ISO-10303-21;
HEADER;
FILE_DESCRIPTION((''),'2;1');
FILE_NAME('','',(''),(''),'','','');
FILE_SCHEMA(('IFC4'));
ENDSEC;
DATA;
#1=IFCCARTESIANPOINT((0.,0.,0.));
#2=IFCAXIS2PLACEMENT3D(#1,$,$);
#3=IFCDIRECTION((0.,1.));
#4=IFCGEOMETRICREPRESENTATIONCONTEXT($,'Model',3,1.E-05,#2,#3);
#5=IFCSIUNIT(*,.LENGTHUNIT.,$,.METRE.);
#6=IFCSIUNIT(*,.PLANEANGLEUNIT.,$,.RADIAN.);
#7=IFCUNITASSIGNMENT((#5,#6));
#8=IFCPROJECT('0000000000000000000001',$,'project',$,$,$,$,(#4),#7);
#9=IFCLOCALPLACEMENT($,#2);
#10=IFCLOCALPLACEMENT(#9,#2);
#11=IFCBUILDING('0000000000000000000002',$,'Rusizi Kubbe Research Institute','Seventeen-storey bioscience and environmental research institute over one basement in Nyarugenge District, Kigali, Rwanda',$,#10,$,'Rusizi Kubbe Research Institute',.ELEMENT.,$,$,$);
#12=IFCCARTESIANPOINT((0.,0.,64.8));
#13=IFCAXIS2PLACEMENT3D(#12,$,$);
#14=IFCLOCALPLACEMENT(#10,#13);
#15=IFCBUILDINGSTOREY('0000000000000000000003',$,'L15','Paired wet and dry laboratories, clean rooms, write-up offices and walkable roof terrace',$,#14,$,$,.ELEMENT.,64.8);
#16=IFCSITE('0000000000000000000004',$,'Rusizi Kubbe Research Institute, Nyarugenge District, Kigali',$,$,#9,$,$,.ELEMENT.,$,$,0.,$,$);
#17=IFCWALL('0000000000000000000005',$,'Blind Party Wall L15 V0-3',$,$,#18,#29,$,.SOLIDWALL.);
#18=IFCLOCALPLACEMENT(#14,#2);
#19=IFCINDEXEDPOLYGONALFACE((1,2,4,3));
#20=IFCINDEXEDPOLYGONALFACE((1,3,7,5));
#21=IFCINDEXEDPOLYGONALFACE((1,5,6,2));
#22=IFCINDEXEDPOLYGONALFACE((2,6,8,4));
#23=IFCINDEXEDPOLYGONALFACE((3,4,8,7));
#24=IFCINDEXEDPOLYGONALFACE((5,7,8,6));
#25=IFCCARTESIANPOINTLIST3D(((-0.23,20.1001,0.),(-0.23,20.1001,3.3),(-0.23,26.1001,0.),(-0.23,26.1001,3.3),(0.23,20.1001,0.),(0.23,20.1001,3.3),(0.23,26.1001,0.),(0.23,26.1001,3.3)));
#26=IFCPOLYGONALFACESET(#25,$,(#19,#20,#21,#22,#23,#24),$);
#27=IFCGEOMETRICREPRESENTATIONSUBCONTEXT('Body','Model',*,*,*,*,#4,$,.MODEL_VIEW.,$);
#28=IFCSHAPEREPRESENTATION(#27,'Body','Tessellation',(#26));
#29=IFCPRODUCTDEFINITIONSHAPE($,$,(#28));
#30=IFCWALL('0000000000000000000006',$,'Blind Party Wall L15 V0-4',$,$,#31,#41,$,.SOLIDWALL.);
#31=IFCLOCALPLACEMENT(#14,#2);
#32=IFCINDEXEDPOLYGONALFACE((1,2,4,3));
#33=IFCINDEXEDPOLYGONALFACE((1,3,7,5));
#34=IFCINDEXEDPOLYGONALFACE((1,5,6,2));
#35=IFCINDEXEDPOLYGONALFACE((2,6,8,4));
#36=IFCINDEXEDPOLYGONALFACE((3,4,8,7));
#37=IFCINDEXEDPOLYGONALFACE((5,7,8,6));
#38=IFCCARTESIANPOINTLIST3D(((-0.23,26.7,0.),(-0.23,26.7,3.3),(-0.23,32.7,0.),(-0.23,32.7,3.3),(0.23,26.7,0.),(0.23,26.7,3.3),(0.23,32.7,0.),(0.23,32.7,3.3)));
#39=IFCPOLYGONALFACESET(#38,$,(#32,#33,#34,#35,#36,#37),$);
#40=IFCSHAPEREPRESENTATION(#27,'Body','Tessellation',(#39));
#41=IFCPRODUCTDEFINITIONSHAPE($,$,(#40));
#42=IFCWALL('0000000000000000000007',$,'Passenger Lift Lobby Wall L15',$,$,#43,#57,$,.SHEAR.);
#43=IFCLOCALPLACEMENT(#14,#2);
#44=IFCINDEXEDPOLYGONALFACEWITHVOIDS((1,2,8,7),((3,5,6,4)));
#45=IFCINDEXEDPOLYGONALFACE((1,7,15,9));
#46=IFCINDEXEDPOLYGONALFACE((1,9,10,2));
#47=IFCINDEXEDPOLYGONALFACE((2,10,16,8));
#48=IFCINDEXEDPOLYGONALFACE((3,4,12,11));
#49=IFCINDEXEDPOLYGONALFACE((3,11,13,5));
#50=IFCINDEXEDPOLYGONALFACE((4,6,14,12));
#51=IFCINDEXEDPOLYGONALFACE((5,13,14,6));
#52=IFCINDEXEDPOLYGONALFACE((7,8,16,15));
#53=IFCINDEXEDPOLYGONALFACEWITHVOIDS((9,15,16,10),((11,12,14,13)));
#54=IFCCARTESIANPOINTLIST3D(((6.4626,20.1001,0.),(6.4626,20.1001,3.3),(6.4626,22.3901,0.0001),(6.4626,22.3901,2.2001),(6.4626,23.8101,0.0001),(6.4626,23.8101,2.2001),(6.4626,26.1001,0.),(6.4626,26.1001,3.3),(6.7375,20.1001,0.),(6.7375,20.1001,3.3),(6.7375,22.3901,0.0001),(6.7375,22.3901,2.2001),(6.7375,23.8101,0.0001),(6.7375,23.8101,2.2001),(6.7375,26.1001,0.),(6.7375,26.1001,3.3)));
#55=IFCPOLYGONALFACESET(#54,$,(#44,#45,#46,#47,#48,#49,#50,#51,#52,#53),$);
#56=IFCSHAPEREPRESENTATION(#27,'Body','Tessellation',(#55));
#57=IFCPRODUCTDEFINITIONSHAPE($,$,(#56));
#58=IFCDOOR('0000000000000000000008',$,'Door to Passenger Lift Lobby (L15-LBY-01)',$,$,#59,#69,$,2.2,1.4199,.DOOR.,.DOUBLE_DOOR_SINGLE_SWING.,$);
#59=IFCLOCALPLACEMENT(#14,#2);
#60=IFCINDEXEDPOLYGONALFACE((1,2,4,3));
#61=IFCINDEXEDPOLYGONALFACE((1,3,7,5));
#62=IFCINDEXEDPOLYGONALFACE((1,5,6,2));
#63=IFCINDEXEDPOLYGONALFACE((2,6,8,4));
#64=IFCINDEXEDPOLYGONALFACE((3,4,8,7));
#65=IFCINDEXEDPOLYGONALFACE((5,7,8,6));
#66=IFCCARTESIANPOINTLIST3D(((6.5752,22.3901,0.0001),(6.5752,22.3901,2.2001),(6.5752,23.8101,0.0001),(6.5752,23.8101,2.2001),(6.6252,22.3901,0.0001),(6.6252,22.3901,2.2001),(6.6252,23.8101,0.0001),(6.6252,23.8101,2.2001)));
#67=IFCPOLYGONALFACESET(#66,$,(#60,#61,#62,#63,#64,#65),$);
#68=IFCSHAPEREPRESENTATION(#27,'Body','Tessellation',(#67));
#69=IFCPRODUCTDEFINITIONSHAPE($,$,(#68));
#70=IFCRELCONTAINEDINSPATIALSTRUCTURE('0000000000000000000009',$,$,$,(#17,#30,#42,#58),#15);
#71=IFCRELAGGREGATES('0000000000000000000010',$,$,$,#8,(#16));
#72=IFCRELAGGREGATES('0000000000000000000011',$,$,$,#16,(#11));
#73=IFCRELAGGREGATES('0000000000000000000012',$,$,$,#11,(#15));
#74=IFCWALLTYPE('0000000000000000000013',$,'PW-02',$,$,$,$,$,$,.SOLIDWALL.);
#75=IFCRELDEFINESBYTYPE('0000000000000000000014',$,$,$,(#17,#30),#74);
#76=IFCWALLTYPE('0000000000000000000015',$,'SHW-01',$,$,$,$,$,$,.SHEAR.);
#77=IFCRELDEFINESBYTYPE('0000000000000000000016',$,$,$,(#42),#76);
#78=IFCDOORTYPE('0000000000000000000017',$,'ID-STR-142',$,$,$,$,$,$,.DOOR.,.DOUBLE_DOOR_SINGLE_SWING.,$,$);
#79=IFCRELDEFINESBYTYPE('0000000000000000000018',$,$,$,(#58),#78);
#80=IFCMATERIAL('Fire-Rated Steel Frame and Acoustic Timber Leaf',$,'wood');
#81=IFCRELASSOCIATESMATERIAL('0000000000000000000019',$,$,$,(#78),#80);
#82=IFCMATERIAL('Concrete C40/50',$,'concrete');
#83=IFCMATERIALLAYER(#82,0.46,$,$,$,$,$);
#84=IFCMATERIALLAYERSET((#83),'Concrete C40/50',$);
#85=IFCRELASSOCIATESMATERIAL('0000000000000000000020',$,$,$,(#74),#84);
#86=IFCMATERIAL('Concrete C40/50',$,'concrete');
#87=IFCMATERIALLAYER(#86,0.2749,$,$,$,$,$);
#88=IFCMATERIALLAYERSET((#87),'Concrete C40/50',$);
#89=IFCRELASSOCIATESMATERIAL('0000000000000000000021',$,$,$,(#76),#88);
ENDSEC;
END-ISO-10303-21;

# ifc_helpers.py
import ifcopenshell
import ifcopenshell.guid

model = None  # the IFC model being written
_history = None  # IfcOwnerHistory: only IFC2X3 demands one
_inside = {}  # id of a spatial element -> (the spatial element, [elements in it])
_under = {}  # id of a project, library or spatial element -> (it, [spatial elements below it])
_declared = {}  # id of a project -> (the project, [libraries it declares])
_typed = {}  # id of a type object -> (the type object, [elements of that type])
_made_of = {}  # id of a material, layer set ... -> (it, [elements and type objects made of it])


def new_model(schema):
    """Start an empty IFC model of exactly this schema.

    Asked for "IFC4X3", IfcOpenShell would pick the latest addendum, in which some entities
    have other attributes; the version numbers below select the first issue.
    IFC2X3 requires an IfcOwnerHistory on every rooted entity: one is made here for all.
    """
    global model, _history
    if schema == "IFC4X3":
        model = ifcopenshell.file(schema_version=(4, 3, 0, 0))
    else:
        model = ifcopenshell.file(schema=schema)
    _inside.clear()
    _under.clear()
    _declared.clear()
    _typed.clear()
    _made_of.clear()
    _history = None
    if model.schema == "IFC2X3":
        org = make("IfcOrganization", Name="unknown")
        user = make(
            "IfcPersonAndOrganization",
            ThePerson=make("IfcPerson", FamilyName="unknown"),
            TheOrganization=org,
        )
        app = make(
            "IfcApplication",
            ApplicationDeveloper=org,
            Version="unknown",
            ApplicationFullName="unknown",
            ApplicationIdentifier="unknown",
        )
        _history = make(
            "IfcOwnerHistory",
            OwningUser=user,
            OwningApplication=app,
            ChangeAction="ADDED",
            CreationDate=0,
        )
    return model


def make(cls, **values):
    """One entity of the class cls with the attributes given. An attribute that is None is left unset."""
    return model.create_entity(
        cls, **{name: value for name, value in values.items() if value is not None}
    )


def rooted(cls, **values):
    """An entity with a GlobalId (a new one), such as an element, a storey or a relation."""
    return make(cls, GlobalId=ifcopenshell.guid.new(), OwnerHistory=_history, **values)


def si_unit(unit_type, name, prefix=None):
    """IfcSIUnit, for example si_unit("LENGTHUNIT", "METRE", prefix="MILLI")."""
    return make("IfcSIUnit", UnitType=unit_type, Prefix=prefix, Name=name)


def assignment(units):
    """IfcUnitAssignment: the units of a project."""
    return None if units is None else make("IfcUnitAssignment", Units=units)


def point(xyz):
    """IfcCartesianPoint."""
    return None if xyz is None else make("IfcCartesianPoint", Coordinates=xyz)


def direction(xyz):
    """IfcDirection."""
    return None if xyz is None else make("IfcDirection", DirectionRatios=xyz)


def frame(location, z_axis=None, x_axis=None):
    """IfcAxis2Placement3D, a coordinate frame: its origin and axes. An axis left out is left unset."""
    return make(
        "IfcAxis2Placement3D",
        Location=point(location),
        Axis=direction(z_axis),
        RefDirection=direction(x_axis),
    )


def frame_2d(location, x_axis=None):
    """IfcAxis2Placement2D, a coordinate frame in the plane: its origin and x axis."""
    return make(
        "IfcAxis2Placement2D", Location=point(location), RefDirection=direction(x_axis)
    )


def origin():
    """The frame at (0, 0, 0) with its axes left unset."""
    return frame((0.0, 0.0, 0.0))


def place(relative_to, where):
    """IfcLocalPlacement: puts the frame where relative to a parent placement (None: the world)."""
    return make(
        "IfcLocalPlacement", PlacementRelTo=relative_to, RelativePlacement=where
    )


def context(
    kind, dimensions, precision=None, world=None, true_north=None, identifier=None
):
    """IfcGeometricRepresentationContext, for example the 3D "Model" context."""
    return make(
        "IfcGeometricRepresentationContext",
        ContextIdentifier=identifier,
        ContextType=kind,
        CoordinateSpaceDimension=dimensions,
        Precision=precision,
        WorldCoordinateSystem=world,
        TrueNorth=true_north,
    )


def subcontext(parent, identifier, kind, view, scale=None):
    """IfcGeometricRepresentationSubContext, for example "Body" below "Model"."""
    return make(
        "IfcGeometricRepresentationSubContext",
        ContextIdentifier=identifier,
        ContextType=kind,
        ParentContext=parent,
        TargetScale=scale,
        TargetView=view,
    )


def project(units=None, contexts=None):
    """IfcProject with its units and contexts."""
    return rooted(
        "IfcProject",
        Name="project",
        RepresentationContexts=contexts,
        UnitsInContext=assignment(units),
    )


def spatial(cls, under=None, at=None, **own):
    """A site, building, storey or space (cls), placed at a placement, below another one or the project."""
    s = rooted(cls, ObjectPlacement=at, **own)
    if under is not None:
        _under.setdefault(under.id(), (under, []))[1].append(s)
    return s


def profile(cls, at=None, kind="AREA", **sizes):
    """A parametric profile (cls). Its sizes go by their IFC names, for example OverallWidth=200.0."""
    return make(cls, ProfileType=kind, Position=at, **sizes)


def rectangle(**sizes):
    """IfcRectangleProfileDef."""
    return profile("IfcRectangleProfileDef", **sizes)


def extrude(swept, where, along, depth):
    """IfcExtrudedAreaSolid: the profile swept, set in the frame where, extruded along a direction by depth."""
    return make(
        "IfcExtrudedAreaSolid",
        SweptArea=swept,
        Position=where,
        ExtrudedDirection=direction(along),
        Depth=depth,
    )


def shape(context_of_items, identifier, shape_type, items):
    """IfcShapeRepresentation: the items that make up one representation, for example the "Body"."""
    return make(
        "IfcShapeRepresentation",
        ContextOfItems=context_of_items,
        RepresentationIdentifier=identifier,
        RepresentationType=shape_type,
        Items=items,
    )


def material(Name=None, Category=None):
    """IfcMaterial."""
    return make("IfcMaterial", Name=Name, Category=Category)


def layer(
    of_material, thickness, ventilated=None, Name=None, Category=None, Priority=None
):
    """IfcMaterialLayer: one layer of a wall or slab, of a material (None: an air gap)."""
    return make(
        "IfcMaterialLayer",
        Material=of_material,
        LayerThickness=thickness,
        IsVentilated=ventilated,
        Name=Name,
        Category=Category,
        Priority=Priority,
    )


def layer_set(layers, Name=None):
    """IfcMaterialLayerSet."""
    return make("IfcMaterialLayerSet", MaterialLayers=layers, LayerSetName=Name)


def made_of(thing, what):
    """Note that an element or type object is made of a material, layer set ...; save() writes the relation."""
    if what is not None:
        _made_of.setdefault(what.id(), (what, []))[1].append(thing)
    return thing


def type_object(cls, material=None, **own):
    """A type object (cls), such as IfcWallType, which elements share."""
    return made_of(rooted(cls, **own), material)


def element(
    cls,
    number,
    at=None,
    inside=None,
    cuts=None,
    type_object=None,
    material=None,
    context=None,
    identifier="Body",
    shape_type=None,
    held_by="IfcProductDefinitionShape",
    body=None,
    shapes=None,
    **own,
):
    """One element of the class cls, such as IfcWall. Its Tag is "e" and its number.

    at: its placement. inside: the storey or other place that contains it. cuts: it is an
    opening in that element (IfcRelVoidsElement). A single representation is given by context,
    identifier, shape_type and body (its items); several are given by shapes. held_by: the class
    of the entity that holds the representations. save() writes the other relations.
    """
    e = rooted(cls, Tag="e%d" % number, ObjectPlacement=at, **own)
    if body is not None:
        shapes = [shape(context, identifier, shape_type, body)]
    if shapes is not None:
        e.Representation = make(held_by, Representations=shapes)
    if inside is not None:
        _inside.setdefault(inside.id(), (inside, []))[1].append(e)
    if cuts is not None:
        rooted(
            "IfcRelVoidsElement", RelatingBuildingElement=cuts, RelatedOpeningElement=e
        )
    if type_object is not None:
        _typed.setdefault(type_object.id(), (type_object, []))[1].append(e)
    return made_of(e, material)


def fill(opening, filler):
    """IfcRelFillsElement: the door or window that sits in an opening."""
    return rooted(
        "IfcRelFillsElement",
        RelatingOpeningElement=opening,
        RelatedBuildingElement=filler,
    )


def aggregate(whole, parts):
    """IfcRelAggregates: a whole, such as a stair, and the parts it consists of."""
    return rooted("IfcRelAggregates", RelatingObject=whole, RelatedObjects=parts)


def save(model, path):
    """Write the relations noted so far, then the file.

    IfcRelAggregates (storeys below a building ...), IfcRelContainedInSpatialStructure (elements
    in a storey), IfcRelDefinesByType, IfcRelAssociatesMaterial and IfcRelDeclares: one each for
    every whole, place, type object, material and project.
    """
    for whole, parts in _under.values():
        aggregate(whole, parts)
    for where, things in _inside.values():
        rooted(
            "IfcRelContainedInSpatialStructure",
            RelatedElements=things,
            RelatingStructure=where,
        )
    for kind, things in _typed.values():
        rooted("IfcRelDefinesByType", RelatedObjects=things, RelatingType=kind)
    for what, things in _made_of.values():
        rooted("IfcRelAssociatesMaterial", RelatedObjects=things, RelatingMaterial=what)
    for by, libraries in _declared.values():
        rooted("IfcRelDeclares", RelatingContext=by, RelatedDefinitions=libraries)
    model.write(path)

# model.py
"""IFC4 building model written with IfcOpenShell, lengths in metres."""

from ifc_helpers import new_model, si_unit, direction, frame, frame_2d, origin, place, context, subcontext, project, spatial, rectangle, extrude, material, layer, layer_set, type_object, element, fill, save


model = new_model("IFC4")

# Units and contexts
model_context = context("Model", 3, precision=1e-05, world=origin(), true_north=direction((0.0, 1.0)))
body_context = subcontext(model_context, "Body", "Model", "MODEL_VIEW")
ifc_project = project(units=[si_unit("LENGTHUNIT", "METRE"), si_unit("PLANEANGLEUNIT", "RADIAN")], contexts=[model_context])

# Site, building, storey
site_placement = place(None, origin())
site = spatial("IfcSite", under=ifc_project, at=site_placement, Name="Rusizi Kubbe Research Institute, Nyarugenge District, Kigali", CompositionType="ELEMENT", RefElevation=0.0)
building_placement = place(site_placement, origin())
building = spatial("IfcBuilding", under=site, at=building_placement, Name="Rusizi Kubbe Research Institute", Description="Seventeen-storey bioscience and environmental research institute over one basement in Nyarugenge District, Kigali, Rwanda", LongName="Rusizi Kubbe Research Institute", CompositionType="ELEMENT")
storey_placement = place(building_placement, frame((0.0, 0.0, 64.8)))
storey = spatial("IfcBuildingStorey", under=building, at=storey_placement, Name="L15", Description="Paired wet and dry laboratories, clean rooms, write-up offices and walkable roof terrace", CompositionType="ELEMENT", Elevation=64.8)

# Shared definitions
ifc_material_1 = material(Name="Fire-Rated Steel Frame and Acoustic Timber Leaf", Category="wood")
door_type_1 = type_object("IfcDoorType", Name="ID-STR-142", OperationType="DOUBLE_DOOR_SINGLE_SWING", PredefinedType="DOOR", material=ifc_material_1)

# Walls
ifc_material_2 = material(Name="Concrete C40/50", Category="concrete")
ifc_layer_1 = layer(ifc_material_2, 0.46)
ifc_layer_set_1 = layer_set([ifc_layer_1], Name="Concrete C40/50")
wall_type_1 = type_object("IfcWallType", Name="PW-02", PredefinedType="SOLIDWALL", material=ifc_layer_set_1)
for number, where, z_axis, x_axis, name in (
    (1, (0.0, 20.1001, 0.0), (0.0, 0.0, 1.0), (0.0, 1.0, 0.0), "Blind Party Wall L15 V0-3"),
    (2, (0.0, 26.7, 0.0), (0.0, 0.0, 1.0), (0.0, 1.0, 0.0), "Blind Party Wall L15 V0-4"),
):
    element("IfcWall", number, at=place(storey_placement, frame(where, z_axis=z_axis, x_axis=x_axis)), inside=storey, type_object=wall_type_1, Name=name, PredefinedType="SOLIDWALL", context=body_context, shape_type="SweptSolid", body=[
        extrude(rectangle(XDim=6.0, YDim=0.46, at=frame_2d((3.0, 0.0))), origin(), (0.0, 0.0, 1.0), 3.3),
    ])

# Wall, opening, door
ifc_material_3 = material(Name="Concrete C40/50", Category="concrete")
ifc_layer_2 = layer(ifc_material_3, 0.2749)
ifc_layer_set_2 = layer_set([ifc_layer_2], Name="Concrete C40/50")
wall_type_2 = type_object("IfcWallType", Name="SHW-01", PredefinedType="SHEAR", material=ifc_layer_set_2)
wall_1_placement = place(storey_placement, frame((6.6001, 20.1001, 0.0), z_axis=(0.0, 0.0, 1.0), x_axis=(0.0, 1.0, 0.0)))
wall_1 = element("IfcWall", 3, at=wall_1_placement, inside=storey, type_object=wall_type_2, Name="Passenger Lift Lobby Wall L15", PredefinedType="SHEAR", context=body_context, shape_type="SweptSolid", body=[
    extrude(rectangle(XDim=6.0, YDim=0.2749, at=frame_2d((3.0, 0.0))), origin(), (0.0, 0.0, 1.0), 3.3),
])
opening_1_placement = place(wall_1_placement, frame((2.29, 0.0, 0.0)))
opening_1 = element("IfcOpeningElement", 4, at=opening_1_placement, cuts=wall_1, PredefinedType="OPENING", context=body_context, shape_type="SweptSolid", body=[
    extrude(rectangle(XDim=1.4199, YDim=2.2, at=frame_2d((0.71, 1.1001))), frame((0.0, 0.1475, 0.0), z_axis=(0.0, -1.0, 0.0), x_axis=(1.0, 0.0, 0.0)), (0.0, 0.0, 1.0), 0.2949),
])
door_1_placement = place(opening_1_placement, origin())
door_1 = element("IfcDoor", 5, at=door_1_placement, inside=storey, type_object=door_type_1, Name="Door to Passenger Lift Lobby (L15-LBY-01)", OperationType="DOUBLE_DOOR_SINGLE_SWING", OverallHeight=2.2, OverallWidth=1.4199, PredefinedType="DOOR", context=body_context, shape_type="SweptSolid", body=[
    extrude(rectangle(XDim=1.4199, YDim=2.2, at=frame_2d((0.71, 1.1001))), frame((0.0, 0.0249, 0.0), z_axis=(0.0, -1.0, 0.0), x_axis=(1.0, 0.0, 0.0)), (0.0, 0.0, 1.0), 0.05),
])
fill(opening_1, door_1)

save(model, "model.ifc")
